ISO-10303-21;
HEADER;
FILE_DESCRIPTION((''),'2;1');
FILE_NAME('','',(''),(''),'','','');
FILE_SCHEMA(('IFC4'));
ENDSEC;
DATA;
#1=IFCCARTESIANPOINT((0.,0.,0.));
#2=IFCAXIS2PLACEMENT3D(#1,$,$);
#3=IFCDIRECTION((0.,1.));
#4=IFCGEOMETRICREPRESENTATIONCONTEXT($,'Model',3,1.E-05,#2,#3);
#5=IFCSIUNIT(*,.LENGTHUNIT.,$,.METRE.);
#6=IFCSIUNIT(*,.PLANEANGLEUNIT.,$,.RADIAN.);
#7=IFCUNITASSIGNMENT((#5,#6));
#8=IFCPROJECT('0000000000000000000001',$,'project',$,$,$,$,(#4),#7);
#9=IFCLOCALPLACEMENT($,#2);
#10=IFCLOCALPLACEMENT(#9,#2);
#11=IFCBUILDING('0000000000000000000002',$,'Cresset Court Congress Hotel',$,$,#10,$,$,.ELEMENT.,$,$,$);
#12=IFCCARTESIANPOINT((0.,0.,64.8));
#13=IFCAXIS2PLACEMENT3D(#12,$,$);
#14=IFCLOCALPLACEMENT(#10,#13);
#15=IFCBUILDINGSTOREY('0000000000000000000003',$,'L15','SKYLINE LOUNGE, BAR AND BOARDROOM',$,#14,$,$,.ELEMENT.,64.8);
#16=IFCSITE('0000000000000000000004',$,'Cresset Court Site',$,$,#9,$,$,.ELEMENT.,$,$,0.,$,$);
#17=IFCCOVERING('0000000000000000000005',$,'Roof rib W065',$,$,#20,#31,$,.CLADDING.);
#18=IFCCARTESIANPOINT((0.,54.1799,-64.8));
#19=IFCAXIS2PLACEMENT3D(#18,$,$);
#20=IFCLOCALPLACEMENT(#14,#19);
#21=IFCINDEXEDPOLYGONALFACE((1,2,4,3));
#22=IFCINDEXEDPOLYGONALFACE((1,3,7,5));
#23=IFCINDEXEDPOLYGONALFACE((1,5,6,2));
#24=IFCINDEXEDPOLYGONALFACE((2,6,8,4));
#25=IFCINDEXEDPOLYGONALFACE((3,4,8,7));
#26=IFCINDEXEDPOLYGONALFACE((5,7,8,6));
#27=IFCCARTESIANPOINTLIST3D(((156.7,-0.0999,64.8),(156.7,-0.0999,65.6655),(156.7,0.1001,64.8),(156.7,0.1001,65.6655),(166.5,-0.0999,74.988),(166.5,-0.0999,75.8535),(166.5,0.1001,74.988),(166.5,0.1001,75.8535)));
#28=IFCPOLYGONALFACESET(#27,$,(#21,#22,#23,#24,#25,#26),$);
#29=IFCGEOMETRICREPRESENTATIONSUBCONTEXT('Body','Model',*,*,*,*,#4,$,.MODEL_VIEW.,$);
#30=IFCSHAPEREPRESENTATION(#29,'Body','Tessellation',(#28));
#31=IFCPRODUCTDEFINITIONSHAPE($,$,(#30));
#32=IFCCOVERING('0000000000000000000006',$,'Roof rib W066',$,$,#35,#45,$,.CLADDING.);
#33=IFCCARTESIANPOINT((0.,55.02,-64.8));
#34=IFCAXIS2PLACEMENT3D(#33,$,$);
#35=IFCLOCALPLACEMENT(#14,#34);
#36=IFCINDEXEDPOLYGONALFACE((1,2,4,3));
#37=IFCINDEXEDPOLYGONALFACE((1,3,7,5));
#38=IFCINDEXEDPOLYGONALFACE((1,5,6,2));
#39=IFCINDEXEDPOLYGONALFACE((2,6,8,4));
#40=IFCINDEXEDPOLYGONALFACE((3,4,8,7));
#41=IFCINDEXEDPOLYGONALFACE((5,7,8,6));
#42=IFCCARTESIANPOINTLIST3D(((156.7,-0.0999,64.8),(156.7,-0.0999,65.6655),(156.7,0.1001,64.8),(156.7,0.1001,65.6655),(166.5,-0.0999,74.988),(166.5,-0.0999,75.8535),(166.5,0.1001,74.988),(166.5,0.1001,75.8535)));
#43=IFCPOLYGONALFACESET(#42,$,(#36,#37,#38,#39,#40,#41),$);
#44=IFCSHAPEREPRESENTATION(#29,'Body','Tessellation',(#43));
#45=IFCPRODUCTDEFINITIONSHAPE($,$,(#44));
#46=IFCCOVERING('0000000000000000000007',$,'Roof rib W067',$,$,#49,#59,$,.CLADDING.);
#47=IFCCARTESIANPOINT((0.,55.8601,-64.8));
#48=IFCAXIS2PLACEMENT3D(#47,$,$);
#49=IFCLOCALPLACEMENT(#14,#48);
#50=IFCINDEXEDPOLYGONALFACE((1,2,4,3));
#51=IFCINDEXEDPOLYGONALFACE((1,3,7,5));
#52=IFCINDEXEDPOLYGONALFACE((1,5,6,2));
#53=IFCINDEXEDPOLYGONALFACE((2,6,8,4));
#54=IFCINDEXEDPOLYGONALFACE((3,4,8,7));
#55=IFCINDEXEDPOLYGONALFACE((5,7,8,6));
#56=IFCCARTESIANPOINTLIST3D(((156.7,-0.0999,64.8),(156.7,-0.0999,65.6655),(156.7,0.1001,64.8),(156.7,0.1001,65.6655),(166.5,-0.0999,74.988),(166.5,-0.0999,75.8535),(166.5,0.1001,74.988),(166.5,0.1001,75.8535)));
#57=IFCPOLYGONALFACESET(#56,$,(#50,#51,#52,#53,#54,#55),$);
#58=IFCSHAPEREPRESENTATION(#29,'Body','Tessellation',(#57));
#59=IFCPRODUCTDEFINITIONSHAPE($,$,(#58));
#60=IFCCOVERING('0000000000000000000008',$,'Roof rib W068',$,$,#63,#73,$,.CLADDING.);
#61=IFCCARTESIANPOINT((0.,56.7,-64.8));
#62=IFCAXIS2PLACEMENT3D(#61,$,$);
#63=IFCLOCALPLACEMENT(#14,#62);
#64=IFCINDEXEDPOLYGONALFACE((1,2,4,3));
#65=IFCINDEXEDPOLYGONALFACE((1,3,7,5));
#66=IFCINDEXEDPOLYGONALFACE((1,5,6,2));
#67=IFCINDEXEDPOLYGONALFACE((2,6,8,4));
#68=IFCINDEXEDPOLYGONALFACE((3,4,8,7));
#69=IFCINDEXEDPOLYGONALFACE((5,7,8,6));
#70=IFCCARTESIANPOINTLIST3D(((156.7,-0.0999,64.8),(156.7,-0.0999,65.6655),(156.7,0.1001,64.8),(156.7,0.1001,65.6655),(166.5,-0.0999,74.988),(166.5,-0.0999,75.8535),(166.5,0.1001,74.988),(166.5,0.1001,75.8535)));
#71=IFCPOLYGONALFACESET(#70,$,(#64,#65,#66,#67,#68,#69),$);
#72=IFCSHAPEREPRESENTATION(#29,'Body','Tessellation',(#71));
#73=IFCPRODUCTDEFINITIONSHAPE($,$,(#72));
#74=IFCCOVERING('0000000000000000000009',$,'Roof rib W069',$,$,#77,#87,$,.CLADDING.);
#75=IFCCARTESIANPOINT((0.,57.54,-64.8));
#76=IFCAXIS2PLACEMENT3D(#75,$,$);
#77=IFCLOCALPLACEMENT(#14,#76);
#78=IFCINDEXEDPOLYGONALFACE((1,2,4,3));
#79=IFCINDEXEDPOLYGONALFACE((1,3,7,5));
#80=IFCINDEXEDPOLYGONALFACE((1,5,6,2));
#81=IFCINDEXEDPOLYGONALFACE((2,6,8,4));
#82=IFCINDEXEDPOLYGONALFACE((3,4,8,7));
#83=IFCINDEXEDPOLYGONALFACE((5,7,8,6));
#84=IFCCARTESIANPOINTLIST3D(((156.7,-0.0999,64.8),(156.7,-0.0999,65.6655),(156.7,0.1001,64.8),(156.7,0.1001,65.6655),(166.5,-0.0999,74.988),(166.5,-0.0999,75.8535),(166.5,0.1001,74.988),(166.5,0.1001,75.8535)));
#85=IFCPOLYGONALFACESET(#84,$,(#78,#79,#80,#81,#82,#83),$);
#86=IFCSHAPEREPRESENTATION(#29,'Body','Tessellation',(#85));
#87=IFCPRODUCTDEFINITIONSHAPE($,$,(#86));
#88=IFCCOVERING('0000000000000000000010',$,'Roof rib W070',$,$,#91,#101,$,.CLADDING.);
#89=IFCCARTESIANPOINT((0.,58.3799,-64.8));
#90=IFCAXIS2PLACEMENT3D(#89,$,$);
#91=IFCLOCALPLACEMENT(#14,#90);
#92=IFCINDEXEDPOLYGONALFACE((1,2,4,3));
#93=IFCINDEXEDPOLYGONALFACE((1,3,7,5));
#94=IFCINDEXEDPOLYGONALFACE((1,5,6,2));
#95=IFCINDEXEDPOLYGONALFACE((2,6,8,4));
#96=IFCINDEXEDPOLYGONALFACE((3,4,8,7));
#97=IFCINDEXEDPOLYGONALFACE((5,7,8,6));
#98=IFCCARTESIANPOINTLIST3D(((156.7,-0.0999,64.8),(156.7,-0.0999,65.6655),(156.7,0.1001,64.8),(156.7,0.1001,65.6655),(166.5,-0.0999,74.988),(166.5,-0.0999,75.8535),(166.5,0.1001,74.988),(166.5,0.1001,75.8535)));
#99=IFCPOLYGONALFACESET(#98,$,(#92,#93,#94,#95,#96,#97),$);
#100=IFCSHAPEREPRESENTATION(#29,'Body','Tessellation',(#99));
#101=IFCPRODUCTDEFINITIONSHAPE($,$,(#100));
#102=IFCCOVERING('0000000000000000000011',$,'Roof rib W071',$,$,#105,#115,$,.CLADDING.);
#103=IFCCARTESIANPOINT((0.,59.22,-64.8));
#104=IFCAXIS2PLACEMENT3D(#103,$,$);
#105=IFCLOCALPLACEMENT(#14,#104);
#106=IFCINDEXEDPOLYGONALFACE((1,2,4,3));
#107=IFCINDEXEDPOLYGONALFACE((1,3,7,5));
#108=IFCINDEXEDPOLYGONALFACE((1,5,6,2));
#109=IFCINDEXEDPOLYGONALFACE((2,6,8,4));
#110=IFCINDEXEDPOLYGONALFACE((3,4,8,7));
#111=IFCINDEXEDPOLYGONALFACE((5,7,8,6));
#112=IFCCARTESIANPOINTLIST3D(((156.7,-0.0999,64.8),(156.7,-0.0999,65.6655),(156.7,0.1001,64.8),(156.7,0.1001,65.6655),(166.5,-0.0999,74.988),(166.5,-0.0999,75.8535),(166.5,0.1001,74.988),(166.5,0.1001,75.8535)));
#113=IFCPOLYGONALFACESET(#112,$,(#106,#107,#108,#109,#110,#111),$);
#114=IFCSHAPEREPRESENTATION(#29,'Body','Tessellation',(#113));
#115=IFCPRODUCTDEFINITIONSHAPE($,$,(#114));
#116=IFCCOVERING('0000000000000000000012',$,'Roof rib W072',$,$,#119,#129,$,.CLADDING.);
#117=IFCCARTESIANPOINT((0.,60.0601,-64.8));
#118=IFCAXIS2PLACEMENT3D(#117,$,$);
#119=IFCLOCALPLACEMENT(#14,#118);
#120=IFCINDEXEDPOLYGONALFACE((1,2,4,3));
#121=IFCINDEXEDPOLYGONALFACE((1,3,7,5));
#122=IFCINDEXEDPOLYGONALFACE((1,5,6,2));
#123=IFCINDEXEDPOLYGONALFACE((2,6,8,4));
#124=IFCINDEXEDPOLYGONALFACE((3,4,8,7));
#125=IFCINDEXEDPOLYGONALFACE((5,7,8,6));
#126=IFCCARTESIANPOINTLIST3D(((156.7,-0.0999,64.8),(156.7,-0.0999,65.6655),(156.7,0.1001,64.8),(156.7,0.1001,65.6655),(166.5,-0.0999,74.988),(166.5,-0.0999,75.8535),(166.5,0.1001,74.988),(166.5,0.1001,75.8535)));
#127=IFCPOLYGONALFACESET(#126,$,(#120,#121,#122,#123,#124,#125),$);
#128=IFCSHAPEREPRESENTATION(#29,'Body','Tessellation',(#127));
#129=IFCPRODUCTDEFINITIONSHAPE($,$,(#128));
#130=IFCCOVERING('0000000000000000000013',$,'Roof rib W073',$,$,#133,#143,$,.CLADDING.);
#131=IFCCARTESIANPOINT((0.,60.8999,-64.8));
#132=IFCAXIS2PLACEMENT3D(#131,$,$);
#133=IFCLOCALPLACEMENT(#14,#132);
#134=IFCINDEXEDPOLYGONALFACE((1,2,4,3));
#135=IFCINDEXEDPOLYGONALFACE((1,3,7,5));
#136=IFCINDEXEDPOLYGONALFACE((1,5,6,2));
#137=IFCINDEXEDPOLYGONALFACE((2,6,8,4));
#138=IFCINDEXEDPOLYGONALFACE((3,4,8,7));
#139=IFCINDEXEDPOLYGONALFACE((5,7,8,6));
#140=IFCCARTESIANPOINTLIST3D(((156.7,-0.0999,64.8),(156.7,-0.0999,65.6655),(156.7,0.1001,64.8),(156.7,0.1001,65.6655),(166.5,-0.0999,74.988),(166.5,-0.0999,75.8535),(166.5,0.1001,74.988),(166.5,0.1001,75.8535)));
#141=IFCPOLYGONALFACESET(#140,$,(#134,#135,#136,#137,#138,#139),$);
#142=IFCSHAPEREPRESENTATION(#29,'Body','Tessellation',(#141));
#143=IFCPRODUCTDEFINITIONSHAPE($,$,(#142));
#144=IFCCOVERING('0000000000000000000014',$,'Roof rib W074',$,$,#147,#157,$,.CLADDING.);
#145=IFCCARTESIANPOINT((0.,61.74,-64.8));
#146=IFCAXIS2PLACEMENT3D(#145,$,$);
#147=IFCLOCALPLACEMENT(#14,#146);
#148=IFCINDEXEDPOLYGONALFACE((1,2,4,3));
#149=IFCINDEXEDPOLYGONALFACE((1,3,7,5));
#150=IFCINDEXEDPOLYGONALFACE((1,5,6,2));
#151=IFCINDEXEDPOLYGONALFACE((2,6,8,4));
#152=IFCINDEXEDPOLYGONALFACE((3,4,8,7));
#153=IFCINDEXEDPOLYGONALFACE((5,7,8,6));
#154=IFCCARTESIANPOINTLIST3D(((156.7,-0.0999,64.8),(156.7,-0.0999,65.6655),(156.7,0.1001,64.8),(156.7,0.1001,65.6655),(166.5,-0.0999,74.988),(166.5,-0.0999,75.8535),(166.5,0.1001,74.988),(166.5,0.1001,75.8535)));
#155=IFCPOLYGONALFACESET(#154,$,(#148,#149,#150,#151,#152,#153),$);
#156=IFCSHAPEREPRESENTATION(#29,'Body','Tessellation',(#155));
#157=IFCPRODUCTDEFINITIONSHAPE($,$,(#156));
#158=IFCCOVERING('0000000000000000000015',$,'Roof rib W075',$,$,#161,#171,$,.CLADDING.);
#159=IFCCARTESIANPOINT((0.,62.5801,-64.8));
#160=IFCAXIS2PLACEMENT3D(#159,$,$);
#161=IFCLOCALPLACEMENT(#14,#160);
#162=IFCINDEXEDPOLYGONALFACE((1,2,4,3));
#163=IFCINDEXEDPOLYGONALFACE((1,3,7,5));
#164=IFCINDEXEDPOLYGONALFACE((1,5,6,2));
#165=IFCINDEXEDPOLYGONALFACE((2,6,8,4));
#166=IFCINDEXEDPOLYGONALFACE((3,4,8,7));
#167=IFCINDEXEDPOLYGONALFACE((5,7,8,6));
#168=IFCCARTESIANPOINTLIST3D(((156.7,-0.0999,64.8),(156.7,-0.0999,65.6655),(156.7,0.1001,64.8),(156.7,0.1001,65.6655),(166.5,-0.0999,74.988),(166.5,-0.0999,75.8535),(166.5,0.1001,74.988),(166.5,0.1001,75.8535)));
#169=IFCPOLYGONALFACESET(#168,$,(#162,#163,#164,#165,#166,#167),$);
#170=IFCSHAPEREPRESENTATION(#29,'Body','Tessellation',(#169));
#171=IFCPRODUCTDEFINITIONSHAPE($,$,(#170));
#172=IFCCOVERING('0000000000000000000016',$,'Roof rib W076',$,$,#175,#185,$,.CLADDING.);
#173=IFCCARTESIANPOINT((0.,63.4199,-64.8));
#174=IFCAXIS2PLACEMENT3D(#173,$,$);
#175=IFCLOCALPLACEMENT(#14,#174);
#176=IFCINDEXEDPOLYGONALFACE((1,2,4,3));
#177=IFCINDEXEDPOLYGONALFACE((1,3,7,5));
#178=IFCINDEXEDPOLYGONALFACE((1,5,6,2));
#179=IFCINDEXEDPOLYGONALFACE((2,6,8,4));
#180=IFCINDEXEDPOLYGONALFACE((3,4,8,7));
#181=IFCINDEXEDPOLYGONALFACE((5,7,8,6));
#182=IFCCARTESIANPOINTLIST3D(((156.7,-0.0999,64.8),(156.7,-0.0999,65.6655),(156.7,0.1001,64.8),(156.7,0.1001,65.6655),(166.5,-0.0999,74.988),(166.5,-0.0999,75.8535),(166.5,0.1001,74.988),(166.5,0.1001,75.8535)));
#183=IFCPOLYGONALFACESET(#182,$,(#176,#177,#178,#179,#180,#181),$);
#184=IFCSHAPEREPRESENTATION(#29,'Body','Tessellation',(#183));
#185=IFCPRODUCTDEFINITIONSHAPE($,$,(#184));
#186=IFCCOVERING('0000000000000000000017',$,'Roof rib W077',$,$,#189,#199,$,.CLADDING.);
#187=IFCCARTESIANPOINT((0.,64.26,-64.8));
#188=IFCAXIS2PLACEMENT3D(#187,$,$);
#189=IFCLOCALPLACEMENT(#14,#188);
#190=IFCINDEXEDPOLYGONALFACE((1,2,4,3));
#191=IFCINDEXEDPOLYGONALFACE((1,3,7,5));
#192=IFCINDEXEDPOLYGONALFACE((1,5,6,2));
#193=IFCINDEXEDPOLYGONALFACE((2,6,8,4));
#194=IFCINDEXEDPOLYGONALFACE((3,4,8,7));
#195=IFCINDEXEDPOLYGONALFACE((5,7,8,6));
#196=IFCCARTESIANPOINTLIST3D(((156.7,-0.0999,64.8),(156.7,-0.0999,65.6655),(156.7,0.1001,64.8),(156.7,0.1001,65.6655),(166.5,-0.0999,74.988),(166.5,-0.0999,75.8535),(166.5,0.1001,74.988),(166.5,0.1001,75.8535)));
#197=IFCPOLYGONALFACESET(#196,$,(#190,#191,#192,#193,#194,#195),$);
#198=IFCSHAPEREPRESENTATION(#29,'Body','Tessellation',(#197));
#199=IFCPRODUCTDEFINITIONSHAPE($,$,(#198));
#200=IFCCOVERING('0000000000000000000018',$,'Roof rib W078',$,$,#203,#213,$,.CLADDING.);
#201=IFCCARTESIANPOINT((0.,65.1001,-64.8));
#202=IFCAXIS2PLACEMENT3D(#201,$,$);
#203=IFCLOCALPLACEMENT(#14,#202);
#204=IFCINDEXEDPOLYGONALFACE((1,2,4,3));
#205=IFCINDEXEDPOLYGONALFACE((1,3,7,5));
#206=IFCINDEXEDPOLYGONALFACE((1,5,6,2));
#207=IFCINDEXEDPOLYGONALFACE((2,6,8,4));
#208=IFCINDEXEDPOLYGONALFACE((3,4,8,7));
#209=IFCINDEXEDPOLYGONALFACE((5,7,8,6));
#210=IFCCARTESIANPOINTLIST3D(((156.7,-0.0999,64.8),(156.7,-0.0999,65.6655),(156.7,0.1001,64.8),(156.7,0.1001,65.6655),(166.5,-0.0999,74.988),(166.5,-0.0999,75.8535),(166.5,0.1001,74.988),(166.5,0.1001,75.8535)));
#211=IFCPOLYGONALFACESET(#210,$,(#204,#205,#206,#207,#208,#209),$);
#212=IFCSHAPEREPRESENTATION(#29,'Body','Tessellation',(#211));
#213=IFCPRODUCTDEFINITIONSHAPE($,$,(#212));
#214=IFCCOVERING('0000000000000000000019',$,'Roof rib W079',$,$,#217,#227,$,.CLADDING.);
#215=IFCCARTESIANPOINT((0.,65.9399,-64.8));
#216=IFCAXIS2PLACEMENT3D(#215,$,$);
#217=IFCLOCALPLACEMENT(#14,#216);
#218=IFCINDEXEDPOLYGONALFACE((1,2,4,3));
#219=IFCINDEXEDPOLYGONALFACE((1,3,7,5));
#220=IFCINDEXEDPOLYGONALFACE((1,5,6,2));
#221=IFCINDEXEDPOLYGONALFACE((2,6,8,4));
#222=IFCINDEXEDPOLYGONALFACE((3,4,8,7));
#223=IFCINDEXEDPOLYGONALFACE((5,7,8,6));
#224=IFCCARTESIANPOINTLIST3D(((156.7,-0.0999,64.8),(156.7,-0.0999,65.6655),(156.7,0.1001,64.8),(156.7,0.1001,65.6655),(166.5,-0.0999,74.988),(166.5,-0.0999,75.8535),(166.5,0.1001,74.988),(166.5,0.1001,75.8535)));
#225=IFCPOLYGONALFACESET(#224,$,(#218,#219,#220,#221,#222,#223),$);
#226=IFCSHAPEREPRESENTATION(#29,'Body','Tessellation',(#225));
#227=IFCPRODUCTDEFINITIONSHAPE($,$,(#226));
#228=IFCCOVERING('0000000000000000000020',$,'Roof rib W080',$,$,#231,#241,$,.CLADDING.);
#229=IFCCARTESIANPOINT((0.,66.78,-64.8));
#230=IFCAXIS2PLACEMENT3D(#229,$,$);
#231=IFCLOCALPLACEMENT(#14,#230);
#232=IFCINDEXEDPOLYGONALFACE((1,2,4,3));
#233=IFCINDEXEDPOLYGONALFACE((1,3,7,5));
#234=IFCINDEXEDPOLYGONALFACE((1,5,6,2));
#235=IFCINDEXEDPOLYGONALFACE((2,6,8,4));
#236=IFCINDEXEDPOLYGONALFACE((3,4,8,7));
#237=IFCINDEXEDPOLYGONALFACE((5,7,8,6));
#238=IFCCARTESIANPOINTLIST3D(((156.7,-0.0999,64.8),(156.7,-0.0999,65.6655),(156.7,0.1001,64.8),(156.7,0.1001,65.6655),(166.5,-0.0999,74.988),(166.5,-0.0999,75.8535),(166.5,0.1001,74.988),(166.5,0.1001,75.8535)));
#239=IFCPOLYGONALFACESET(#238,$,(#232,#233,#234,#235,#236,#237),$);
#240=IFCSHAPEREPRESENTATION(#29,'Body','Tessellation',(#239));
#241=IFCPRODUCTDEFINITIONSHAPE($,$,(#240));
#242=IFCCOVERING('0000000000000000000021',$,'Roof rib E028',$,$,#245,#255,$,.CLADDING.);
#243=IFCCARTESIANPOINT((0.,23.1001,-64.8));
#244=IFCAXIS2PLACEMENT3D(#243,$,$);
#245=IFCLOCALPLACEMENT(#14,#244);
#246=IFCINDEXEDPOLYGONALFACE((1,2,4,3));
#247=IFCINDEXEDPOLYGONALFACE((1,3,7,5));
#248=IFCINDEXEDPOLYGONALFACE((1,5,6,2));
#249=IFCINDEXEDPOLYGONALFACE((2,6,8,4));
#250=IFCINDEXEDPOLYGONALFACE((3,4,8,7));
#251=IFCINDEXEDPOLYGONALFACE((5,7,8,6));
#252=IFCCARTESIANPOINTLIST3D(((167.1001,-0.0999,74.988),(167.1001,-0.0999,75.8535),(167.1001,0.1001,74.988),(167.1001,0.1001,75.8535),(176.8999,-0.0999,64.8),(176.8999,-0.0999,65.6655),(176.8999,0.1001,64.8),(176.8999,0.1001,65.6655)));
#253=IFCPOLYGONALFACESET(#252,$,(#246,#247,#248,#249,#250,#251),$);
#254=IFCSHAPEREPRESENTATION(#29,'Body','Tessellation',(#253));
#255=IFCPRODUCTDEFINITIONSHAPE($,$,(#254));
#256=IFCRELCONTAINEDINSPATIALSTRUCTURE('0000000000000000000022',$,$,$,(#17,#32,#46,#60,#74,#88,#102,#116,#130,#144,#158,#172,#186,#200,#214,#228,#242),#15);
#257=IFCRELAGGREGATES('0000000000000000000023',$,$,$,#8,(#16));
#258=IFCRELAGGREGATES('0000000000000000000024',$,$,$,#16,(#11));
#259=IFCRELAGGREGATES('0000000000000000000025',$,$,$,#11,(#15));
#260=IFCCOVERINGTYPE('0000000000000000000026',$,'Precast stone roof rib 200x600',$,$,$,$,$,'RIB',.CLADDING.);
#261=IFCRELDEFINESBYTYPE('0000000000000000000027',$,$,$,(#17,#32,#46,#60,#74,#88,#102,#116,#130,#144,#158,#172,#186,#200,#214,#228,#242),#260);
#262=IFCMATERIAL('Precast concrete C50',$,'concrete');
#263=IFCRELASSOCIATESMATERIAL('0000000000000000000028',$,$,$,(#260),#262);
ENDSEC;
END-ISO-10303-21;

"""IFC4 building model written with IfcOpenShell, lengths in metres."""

from ifc_helpers import new_model, si_unit, direction, frame, origin, place, context, subcontext, project, spatial, polyline, outline, extrude, material, type_object, element, save


model = new_model("IFC4")

# Units and contexts
model_context = context("Model", 3, precision=1e-05, world=origin(), true_north=direction((0.0, 1.0)))
body_context = subcontext(model_context, "Body", "Model", "MODEL_VIEW")
ifc_project = project(units=[si_unit("LENGTHUNIT", "METRE"), si_unit("PLANEANGLEUNIT", "RADIAN")], contexts=[model_context])

# Site, building, storey
site_placement = place(None, origin())
site = spatial("IfcSite", under=ifc_project, at=site_placement, Name="Cresset Court Site", CompositionType="ELEMENT", RefElevation=0.0)
building_placement = place(site_placement, origin())
building = spatial("IfcBuilding", under=site, at=building_placement, Name="Cresset Court Congress Hotel", CompositionType="ELEMENT")
storey_placement = place(building_placement, frame((0.0, 0.0, 64.8)))
storey = spatial("IfcBuildingStorey", under=building, at=storey_placement, Name="L15", Description="SKYLINE LOUNGE, BAR AND BOARDROOM", CompositionType="ELEMENT", Elevation=64.8)

# Coverings
ifc_material = material(Name="Precast concrete C50", Category="concrete")
covering_type = type_object("IfcCoveringType", Name="Precast stone roof rib 200x600", ElementType="RIB", PredefinedType="CLADDING", material=ifc_material)
for number, where, name in (
    (1, (0.0, 54.1799, -64.8), "Roof rib W065"),
    (2, (0.0, 55.02, -64.8), "Roof rib W066"),
    (3, (0.0, 55.8601, -64.8), "Roof rib W067"),
    (4, (0.0, 56.7, -64.8), "Roof rib W068"),
    (5, (0.0, 57.54, -64.8), "Roof rib W069"),
    (6, (0.0, 58.3799, -64.8), "Roof rib W070"),
    (7, (0.0, 59.22, -64.8), "Roof rib W071"),
    (8, (0.0, 60.0601, -64.8), "Roof rib W072"),
    (9, (0.0, 60.8999, -64.8), "Roof rib W073"),
    (10, (0.0, 61.74, -64.8), "Roof rib W074"),
    (11, (0.0, 62.5801, -64.8), "Roof rib W075"),
    (12, (0.0, 63.4199, -64.8), "Roof rib W076"),
    (13, (0.0, 64.26, -64.8), "Roof rib W077"),
    (14, (0.0, 65.1001, -64.8), "Roof rib W078"),
    (15, (0.0, 65.9399, -64.8), "Roof rib W079"),
    (16, (0.0, 66.78, -64.8), "Roof rib W080"),
):
    element("IfcCovering", number, at=place(storey_placement, frame(where)), inside=storey, type_object=covering_type, Name=name, PredefinedType="CLADDING", context=body_context, shape_type="SweptSolid", body=[
        extrude(outline(polyline([(166.5, 74.988), (156.7, 64.8), (156.7, 65.6655), (166.5, 75.8535), (166.5, 74.988)])), frame((0.0, 0.1001, 0.0), z_axis=(0.0, -1.0, 0.0), x_axis=(1.0, 0.0, 0.0)), (0.0, 0.0, 1.0), 0.2),
    ])
for number, where, name in (
    (17, (0.0, 23.1001, -64.8), "Roof rib E028"),
):
    element("IfcCovering", number, at=place(storey_placement, frame(where)), inside=storey, type_object=covering_type, Name=name, PredefinedType="CLADDING", context=body_context, shape_type="SweptSolid", body=[
        extrude(outline(polyline([(167.1001, 74.988), (176.8999, 64.8), (176.8999, 65.6655), (167.1001, 75.8535), (167.1001, 74.988)])), frame((0.0, 0.1001, 0.0), z_axis=(0.0, -1.0, 0.0), x_axis=(1.0, 0.0, 0.0)), (0.0, 0.0, 1.0), 0.2),
    ])

save(model, "model.ifc")
